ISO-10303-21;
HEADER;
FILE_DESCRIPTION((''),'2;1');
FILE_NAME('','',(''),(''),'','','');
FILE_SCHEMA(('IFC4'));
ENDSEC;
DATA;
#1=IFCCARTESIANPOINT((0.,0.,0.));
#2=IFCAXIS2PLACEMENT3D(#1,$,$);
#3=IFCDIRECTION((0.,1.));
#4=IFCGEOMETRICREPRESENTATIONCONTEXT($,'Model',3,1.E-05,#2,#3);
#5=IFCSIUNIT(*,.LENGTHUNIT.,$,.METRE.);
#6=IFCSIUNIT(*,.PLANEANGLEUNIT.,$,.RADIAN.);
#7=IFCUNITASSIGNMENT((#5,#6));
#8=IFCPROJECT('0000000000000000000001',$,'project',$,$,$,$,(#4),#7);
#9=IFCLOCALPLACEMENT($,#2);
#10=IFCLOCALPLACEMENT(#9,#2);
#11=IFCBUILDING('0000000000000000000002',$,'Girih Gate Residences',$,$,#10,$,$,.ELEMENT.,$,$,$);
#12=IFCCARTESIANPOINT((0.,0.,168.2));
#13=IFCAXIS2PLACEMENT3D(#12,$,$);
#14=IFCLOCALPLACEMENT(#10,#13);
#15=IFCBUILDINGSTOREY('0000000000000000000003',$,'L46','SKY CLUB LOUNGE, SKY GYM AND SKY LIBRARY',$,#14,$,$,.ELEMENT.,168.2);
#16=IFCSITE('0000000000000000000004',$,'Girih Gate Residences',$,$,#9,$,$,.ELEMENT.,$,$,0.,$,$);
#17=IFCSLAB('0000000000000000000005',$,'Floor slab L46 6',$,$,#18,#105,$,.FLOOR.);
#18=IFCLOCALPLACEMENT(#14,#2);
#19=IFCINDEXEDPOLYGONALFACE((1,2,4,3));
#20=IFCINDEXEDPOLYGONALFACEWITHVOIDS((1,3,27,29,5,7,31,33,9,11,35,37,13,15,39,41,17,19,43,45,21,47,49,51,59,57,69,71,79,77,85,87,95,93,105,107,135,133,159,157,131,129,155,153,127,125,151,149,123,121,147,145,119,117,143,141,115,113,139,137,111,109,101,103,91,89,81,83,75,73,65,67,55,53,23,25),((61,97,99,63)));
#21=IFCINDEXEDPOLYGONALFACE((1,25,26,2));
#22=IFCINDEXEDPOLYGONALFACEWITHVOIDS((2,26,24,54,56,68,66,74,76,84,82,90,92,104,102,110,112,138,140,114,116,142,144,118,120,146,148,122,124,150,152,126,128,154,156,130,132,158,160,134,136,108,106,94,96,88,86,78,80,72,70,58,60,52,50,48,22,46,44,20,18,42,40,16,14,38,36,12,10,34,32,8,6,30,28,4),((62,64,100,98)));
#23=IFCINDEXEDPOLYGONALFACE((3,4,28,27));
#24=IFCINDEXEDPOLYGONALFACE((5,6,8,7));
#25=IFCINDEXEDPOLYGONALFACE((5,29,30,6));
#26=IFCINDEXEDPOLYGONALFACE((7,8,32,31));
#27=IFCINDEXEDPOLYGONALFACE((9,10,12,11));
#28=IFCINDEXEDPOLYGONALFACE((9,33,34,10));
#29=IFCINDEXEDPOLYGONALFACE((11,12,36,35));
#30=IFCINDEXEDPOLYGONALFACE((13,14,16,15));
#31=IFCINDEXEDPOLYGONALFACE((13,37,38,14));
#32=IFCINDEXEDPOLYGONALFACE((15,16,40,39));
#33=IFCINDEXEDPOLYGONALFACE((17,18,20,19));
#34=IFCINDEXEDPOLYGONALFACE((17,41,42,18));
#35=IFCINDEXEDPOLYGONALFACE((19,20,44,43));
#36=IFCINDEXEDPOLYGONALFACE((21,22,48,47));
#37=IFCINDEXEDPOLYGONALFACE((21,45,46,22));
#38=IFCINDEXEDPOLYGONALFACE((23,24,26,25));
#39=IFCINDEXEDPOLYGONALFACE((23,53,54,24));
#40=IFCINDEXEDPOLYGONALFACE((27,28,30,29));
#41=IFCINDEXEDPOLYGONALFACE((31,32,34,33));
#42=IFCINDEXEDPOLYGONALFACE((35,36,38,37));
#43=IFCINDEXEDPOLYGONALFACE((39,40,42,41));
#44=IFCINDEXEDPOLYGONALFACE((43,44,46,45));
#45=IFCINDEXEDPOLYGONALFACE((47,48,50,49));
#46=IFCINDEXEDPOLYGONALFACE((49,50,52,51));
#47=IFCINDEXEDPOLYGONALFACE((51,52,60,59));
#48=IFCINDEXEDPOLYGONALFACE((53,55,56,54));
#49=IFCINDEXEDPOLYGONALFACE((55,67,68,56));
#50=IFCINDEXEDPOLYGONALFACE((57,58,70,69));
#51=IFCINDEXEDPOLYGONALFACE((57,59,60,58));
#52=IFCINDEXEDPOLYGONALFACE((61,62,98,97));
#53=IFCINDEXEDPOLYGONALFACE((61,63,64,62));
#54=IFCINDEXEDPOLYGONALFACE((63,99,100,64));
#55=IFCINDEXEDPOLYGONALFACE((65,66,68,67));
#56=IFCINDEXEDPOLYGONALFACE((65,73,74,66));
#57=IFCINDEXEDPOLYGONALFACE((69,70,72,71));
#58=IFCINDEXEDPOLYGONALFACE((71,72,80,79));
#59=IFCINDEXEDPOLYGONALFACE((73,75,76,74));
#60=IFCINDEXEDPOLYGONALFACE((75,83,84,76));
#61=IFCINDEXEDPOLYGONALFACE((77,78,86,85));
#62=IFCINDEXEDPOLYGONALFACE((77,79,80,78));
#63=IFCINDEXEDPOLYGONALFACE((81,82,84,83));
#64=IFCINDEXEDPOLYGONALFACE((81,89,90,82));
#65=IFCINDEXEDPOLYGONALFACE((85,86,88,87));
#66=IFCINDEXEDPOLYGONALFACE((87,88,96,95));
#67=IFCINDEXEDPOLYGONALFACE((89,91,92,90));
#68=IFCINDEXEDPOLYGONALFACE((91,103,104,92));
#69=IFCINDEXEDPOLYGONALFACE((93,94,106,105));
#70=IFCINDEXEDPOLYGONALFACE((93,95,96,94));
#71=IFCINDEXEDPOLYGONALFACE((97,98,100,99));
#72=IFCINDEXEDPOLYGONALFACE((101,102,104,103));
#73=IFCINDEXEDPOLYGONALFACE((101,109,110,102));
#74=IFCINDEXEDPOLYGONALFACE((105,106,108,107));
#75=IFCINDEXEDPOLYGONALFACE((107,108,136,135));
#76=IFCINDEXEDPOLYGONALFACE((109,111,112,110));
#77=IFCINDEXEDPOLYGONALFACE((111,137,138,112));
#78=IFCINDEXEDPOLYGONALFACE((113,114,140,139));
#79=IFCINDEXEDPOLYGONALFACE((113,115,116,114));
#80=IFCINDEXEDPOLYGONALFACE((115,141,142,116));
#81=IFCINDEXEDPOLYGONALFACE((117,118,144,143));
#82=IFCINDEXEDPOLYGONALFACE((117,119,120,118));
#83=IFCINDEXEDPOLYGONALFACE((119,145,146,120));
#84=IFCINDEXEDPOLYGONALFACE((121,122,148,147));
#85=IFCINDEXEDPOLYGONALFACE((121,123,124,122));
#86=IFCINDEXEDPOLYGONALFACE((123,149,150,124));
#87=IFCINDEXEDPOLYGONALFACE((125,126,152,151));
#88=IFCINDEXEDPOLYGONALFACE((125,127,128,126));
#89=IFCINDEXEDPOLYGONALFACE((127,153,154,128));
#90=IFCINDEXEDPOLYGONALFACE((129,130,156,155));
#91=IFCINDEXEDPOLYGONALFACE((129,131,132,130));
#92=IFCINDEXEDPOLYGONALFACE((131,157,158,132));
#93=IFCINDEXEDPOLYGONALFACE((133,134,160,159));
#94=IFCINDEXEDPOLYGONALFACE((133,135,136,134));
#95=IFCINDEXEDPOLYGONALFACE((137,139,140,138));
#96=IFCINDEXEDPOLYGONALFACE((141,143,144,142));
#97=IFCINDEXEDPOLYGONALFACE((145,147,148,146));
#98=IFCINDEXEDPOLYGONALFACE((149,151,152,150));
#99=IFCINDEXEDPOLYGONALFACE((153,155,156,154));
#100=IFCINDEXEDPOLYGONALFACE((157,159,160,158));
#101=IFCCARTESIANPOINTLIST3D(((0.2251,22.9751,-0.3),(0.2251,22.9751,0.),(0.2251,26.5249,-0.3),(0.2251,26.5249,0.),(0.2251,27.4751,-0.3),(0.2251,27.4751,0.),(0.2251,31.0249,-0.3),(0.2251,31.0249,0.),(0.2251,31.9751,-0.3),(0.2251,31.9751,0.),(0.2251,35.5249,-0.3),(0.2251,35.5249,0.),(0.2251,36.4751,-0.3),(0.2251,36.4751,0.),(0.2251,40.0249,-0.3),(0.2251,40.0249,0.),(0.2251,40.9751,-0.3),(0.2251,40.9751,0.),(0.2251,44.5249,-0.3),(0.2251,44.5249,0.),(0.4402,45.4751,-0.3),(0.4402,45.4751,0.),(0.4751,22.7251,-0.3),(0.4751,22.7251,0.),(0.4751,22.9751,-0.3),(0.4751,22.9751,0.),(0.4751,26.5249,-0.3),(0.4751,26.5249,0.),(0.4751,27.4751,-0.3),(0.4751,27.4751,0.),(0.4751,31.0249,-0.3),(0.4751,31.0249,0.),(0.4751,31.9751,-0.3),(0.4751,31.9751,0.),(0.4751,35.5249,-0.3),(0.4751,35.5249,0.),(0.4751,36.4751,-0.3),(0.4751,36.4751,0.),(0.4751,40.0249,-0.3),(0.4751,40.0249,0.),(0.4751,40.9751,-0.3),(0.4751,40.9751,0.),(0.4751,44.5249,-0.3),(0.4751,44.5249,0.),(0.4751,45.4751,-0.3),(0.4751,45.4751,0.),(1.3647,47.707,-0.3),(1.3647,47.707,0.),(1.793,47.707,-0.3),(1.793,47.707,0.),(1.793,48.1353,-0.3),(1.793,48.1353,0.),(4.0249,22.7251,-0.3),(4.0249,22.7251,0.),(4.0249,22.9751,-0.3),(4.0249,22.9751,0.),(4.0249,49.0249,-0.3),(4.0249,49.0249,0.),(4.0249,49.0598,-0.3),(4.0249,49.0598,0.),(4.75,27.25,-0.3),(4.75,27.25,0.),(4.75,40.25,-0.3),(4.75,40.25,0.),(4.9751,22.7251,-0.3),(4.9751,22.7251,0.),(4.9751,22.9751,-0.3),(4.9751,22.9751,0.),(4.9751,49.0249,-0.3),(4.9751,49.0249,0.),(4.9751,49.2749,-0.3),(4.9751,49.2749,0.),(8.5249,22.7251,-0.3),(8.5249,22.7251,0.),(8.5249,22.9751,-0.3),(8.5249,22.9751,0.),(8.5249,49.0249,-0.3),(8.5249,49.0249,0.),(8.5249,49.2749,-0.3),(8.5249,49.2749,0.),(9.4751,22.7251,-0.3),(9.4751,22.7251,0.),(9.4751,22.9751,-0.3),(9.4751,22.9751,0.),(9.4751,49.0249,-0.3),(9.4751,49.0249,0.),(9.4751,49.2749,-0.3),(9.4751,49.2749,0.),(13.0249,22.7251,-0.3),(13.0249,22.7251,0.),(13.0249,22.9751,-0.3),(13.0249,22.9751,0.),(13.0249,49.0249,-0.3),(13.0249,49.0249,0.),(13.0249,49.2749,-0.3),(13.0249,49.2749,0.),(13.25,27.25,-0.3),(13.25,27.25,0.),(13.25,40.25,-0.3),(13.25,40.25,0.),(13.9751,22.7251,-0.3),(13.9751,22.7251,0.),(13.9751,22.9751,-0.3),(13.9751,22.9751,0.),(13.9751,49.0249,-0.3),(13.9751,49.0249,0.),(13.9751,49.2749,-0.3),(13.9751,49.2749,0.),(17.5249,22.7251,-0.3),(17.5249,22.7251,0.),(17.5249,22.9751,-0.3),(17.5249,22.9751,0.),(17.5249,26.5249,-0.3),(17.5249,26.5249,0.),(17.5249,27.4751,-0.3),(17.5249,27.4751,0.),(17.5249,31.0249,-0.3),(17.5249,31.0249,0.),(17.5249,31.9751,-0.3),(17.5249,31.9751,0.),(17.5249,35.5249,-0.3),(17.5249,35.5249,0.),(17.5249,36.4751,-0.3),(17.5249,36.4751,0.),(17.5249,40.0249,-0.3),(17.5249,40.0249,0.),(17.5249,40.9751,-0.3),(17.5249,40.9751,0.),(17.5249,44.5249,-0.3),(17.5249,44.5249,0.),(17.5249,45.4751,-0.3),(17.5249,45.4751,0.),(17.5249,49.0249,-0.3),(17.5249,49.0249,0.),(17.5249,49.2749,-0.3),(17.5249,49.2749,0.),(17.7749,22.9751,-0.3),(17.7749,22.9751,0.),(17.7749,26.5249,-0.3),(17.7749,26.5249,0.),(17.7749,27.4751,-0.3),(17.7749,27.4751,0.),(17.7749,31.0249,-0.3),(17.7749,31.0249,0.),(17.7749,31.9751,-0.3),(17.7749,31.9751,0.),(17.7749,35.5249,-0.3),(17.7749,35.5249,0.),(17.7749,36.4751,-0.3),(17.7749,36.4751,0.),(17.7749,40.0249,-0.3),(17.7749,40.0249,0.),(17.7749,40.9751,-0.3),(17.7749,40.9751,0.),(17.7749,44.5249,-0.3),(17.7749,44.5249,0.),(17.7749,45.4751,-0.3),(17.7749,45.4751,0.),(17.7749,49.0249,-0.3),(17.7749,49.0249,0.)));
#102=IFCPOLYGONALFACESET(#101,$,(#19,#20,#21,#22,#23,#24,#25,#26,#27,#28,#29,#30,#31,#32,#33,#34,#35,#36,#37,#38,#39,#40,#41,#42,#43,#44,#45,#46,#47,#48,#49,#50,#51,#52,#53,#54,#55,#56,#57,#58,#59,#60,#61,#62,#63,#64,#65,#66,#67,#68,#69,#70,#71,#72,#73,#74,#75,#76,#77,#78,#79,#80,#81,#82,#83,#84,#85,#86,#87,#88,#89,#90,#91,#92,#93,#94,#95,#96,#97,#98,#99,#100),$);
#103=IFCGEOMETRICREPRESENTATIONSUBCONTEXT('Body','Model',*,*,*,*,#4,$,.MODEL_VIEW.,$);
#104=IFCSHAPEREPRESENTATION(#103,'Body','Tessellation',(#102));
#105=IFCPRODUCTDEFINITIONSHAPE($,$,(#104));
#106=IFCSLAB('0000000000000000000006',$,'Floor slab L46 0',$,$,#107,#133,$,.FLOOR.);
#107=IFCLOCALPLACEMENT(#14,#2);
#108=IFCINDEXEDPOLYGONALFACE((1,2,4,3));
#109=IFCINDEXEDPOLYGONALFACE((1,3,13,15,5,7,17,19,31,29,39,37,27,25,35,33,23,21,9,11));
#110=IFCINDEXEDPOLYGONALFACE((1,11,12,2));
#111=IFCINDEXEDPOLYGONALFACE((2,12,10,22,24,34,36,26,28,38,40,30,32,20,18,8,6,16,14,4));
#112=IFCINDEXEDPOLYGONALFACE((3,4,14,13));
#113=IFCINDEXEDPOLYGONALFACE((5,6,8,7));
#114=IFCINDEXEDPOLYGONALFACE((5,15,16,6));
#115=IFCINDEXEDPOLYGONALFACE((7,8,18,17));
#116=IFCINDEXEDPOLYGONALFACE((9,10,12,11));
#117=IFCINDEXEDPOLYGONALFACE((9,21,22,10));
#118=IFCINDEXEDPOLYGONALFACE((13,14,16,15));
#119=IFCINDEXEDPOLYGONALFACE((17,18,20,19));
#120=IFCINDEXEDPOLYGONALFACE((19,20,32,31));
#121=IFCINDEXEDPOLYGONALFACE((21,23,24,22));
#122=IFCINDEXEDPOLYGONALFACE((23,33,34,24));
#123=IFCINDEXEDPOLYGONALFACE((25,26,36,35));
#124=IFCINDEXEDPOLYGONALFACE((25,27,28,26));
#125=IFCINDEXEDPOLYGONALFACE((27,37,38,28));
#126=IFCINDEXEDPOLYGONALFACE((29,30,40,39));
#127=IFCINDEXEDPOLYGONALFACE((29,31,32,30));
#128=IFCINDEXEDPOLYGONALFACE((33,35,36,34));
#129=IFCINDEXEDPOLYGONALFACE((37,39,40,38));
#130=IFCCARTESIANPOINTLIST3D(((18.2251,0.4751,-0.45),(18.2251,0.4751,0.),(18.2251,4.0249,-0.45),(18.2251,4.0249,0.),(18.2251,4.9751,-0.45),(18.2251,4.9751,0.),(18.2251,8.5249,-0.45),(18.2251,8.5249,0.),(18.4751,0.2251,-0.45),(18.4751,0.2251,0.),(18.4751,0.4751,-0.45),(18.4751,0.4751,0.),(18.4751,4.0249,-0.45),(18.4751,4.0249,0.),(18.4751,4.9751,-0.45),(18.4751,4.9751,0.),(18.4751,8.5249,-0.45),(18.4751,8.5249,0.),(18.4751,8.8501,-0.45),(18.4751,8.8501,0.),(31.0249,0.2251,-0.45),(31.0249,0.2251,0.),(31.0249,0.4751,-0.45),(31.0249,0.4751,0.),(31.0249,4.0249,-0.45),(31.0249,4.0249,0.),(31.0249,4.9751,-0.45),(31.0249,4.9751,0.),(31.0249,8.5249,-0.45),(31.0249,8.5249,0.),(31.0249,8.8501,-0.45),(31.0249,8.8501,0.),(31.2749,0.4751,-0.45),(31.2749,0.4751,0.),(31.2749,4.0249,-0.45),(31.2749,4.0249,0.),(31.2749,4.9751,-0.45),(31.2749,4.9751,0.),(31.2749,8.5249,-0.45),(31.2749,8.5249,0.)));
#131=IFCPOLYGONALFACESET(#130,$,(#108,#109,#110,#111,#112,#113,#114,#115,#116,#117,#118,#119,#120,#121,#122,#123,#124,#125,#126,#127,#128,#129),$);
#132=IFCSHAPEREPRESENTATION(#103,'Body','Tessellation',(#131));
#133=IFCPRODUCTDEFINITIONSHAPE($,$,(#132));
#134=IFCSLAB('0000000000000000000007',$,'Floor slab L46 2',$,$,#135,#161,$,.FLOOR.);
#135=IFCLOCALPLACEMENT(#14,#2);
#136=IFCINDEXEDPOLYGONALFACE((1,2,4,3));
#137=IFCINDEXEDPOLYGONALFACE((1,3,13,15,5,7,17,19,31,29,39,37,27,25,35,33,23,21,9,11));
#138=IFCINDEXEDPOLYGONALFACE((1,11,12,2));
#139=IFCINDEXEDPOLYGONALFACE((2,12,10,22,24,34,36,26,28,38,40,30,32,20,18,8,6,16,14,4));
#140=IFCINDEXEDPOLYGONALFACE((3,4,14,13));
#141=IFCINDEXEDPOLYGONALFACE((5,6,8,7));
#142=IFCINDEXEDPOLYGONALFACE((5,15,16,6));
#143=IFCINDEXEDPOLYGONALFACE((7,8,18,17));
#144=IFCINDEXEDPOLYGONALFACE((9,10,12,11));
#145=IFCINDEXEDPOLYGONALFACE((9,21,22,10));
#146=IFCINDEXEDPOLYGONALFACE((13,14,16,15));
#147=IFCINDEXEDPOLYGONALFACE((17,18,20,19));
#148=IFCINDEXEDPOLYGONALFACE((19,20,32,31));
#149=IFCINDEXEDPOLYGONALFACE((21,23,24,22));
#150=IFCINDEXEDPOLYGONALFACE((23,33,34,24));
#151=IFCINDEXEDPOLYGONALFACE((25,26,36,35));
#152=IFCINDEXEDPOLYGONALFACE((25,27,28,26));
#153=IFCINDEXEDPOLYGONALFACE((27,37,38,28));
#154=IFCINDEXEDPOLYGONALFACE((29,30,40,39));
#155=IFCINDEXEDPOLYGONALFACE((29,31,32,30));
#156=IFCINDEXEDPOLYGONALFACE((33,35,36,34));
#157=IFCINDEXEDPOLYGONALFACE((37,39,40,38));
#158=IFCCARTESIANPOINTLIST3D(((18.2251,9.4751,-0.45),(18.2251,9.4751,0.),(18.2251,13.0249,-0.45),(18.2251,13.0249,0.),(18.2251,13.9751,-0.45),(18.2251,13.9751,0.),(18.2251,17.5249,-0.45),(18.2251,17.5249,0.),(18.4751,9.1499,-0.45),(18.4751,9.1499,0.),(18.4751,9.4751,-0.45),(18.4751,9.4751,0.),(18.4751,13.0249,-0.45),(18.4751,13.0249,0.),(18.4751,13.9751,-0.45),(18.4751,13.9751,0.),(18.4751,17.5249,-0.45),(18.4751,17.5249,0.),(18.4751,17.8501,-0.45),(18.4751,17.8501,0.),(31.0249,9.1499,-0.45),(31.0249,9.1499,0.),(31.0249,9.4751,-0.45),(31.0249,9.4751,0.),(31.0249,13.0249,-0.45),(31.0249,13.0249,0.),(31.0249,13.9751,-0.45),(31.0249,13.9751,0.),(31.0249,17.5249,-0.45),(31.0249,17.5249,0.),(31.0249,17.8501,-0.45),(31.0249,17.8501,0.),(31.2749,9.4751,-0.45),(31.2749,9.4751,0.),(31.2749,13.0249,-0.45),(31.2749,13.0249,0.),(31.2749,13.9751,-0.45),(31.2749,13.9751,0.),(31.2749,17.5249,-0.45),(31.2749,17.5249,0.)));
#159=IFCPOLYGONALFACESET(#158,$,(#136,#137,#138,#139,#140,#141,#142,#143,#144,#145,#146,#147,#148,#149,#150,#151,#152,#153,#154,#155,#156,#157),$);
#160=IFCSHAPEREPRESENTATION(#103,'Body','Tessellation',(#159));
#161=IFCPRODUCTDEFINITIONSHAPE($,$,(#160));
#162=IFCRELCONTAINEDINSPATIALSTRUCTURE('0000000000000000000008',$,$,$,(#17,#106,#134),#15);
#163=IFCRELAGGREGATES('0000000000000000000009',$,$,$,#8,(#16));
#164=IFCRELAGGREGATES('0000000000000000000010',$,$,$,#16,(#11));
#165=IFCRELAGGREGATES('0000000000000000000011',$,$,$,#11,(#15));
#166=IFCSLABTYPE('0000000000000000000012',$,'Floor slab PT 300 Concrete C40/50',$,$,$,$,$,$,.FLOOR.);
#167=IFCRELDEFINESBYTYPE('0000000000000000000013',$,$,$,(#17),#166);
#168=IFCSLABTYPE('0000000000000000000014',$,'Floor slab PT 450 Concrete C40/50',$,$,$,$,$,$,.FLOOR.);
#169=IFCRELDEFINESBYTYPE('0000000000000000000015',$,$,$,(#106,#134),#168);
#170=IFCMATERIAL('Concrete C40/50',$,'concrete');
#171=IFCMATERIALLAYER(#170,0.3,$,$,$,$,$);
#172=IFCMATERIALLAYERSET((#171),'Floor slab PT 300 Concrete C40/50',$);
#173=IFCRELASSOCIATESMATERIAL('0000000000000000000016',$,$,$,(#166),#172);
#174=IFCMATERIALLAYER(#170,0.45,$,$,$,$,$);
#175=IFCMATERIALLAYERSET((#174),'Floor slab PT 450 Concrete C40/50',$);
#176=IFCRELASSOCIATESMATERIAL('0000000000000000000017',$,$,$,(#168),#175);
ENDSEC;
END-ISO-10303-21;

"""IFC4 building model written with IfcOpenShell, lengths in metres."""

from ifc_helpers import new_model, si_unit, direction, frame, origin, place, context, subcontext, project, spatial, polyline, outline, extrude, material, layer, layer_set, type_object, element, save


model = new_model("IFC4")

# Units and contexts
model_context = context("Model", 3, precision=1e-05, world=origin(), true_north=direction((0.0, 1.0)))
body_context = subcontext(model_context, "Body", "Model", "MODEL_VIEW")
ifc_project = project(units=[si_unit("LENGTHUNIT", "METRE"), si_unit("PLANEANGLEUNIT", "RADIAN")], contexts=[model_context])

# Site, building, storey
site_placement = place(None, origin())
site = spatial("IfcSite", under=ifc_project, at=site_placement, Name="Girih Gate Residences", CompositionType="ELEMENT", RefElevation=0.0)
building_placement = place(site_placement, origin())
building = spatial("IfcBuilding", under=site, at=building_placement, Name="Girih Gate Residences", CompositionType="ELEMENT")
storey_placement = place(building_placement, frame((0.0, 0.0, 168.2)))
storey = spatial("IfcBuildingStorey", under=building, at=storey_placement, Name="L46", Description="SKY CLUB LOUNGE, SKY GYM AND SKY LIBRARY", CompositionType="ELEMENT", Elevation=168.2)

# Slabs
ifc_material_1 = material(Name="Concrete C40/50", Category="concrete")
ifc_layer_1 = layer(ifc_material_1, 0.3)
ifc_layer_set_1 = layer_set([ifc_layer_1], Name="Floor slab PT 300 Concrete C40/50")
slab_type_1 = type_object("IfcSlabType", Name="Floor slab PT 300 Concrete C40/50", PredefinedType="FLOOR", material=ifc_layer_set_1)
slab_1_placement = place(storey_placement, frame((0.0, 0.0, -0.3)))
element("IfcSlab", 1, at=slab_1_placement, inside=storey, type_object=slab_type_1, Name="Floor slab L46 6", PredefinedType="FLOOR", context=body_context, shape_type="SweptSolid", body=[
    extrude(outline(polyline([(0.2251, 26.5249), (0.2251, 22.9751), (0.4751, 22.9751), (0.4751, 22.7251), (4.0249, 22.7251), (4.0249, 22.9751), (4.9751, 22.9751), (4.9751, 22.7251), (8.5249, 22.7251), (8.5249, 22.9751), (9.4751, 22.9751), (9.4751, 22.7251), (13.0249, 22.7251), (13.0249, 22.9751), (13.9751, 22.9751), (13.9751, 22.7251), (17.5249, 22.7251), (17.5249, 22.9751), (17.7749, 22.9751), (17.7749, 26.5249), (17.5249, 26.5249), (17.5249, 27.4751), (17.7749, 27.4751), (17.7749, 31.0249), (17.5249, 31.0249), (17.5249, 31.9751), (17.7749, 31.9751), (17.7749, 35.5249), (17.5249, 35.5249), (17.5249, 36.4751), (17.7749, 36.4751), (17.7749, 40.0249), (17.5249, 40.0249), (17.5249, 40.9751), (17.7749, 40.9751), (17.7749, 44.5249), (17.5249, 44.5249), (17.5249, 45.4751), (17.7749, 45.4751), (17.7749, 49.0249), (17.5249, 49.0249), (17.5249, 49.2749), (13.9751, 49.2749), (13.9751, 49.0249), (13.0249, 49.0249), (13.0249, 49.2749), (9.4751, 49.2749), (9.4751, 49.0249), (8.5249, 49.0249), (8.5249, 49.2749), (4.9751, 49.2749), (4.9751, 49.0249), (4.0249, 49.0249), (4.0249, 49.0598), (1.793, 48.1353), (1.793, 47.707), (1.3647, 47.707), (0.4402, 45.4751), (0.4751, 45.4751), (0.4751, 44.5249), (0.2251, 44.5249), (0.2251, 40.9751), (0.4751, 40.9751), (0.4751, 40.0249), (0.2251, 40.0249), (0.2251, 36.4751), (0.4751, 36.4751), (0.4751, 35.5249), (0.2251, 35.5249), (0.2251, 31.9751), (0.4751, 31.9751), (0.4751, 31.0249), (0.2251, 31.0249), (0.2251, 27.4751), (0.4751, 27.4751), (0.4751, 26.5249), (0.2251, 26.5249)]), holes=[polyline([(13.25, 40.25), (13.25, 27.25), (4.75, 27.25), (4.75, 40.25), (13.25, 40.25)])]), origin(), (0.0, 0.0, 1.0), 0.3),
])
ifc_layer_2 = layer(ifc_material_1, 0.45)
ifc_layer_set_2 = layer_set([ifc_layer_2], Name="Floor slab PT 450 Concrete C40/50")
slab_type_2 = type_object("IfcSlabType", Name="Floor slab PT 450 Concrete C40/50", PredefinedType="FLOOR", material=ifc_layer_set_2)
slab_2_placement = place(storey_placement, frame((0.0, 0.0, -0.45)))
element("IfcSlab", 2, at=slab_2_placement, inside=storey, type_object=slab_type_2, Name="Floor slab L46 0", PredefinedType="FLOOR", context=body_context, shape_type="SweptSolid", body=[
    extrude(outline(polyline([(18.4751, 0.2251), (31.0249, 0.2251), (31.0249, 0.4751), (31.2749, 0.4751), (31.2749, 4.0249), (31.0249, 4.0249), (31.0249, 4.9751), (31.2749, 4.9751), (31.2749, 8.5249), (31.0249, 8.5249), (31.0249, 8.8501), (18.4751, 8.8501), (18.4751, 8.5249), (18.2251, 8.5249), (18.2251, 4.9751), (18.4751, 4.9751), (18.4751, 4.0249), (18.2251, 4.0249), (18.2251, 0.4751), (18.4751, 0.4751), (18.4751, 0.2251)])), origin(), (0.0, 0.0, 1.0), 0.45),
])
slab_3_placement = place(storey_placement, frame((0.0, 0.0, -0.45)))
element("IfcSlab", 3, at=slab_3_placement, inside=storey, type_object=slab_type_2, Name="Floor slab L46 2", PredefinedType="FLOOR", context=body_context, shape_type="SweptSolid", body=[
    extrude(outline(polyline([(18.4751, 17.8501), (18.4751, 17.5249), (18.2251, 17.5249), (18.2251, 13.9751), (18.4751, 13.9751), (18.4751, 13.0249), (18.2251, 13.0249), (18.2251, 9.4751), (18.4751, 9.4751), (18.4751, 9.1499), (31.0249, 9.1499), (31.0249, 9.4751), (31.2749, 9.4751), (31.2749, 13.0249), (31.0249, 13.0249), (31.0249, 13.9751), (31.2749, 13.9751), (31.2749, 17.5249), (31.0249, 17.5249), (31.0249, 17.8501), (18.4751, 17.8501)])), origin(), (0.0, 0.0, 1.0), 0.45),
])

save(model, "model.ifc")
